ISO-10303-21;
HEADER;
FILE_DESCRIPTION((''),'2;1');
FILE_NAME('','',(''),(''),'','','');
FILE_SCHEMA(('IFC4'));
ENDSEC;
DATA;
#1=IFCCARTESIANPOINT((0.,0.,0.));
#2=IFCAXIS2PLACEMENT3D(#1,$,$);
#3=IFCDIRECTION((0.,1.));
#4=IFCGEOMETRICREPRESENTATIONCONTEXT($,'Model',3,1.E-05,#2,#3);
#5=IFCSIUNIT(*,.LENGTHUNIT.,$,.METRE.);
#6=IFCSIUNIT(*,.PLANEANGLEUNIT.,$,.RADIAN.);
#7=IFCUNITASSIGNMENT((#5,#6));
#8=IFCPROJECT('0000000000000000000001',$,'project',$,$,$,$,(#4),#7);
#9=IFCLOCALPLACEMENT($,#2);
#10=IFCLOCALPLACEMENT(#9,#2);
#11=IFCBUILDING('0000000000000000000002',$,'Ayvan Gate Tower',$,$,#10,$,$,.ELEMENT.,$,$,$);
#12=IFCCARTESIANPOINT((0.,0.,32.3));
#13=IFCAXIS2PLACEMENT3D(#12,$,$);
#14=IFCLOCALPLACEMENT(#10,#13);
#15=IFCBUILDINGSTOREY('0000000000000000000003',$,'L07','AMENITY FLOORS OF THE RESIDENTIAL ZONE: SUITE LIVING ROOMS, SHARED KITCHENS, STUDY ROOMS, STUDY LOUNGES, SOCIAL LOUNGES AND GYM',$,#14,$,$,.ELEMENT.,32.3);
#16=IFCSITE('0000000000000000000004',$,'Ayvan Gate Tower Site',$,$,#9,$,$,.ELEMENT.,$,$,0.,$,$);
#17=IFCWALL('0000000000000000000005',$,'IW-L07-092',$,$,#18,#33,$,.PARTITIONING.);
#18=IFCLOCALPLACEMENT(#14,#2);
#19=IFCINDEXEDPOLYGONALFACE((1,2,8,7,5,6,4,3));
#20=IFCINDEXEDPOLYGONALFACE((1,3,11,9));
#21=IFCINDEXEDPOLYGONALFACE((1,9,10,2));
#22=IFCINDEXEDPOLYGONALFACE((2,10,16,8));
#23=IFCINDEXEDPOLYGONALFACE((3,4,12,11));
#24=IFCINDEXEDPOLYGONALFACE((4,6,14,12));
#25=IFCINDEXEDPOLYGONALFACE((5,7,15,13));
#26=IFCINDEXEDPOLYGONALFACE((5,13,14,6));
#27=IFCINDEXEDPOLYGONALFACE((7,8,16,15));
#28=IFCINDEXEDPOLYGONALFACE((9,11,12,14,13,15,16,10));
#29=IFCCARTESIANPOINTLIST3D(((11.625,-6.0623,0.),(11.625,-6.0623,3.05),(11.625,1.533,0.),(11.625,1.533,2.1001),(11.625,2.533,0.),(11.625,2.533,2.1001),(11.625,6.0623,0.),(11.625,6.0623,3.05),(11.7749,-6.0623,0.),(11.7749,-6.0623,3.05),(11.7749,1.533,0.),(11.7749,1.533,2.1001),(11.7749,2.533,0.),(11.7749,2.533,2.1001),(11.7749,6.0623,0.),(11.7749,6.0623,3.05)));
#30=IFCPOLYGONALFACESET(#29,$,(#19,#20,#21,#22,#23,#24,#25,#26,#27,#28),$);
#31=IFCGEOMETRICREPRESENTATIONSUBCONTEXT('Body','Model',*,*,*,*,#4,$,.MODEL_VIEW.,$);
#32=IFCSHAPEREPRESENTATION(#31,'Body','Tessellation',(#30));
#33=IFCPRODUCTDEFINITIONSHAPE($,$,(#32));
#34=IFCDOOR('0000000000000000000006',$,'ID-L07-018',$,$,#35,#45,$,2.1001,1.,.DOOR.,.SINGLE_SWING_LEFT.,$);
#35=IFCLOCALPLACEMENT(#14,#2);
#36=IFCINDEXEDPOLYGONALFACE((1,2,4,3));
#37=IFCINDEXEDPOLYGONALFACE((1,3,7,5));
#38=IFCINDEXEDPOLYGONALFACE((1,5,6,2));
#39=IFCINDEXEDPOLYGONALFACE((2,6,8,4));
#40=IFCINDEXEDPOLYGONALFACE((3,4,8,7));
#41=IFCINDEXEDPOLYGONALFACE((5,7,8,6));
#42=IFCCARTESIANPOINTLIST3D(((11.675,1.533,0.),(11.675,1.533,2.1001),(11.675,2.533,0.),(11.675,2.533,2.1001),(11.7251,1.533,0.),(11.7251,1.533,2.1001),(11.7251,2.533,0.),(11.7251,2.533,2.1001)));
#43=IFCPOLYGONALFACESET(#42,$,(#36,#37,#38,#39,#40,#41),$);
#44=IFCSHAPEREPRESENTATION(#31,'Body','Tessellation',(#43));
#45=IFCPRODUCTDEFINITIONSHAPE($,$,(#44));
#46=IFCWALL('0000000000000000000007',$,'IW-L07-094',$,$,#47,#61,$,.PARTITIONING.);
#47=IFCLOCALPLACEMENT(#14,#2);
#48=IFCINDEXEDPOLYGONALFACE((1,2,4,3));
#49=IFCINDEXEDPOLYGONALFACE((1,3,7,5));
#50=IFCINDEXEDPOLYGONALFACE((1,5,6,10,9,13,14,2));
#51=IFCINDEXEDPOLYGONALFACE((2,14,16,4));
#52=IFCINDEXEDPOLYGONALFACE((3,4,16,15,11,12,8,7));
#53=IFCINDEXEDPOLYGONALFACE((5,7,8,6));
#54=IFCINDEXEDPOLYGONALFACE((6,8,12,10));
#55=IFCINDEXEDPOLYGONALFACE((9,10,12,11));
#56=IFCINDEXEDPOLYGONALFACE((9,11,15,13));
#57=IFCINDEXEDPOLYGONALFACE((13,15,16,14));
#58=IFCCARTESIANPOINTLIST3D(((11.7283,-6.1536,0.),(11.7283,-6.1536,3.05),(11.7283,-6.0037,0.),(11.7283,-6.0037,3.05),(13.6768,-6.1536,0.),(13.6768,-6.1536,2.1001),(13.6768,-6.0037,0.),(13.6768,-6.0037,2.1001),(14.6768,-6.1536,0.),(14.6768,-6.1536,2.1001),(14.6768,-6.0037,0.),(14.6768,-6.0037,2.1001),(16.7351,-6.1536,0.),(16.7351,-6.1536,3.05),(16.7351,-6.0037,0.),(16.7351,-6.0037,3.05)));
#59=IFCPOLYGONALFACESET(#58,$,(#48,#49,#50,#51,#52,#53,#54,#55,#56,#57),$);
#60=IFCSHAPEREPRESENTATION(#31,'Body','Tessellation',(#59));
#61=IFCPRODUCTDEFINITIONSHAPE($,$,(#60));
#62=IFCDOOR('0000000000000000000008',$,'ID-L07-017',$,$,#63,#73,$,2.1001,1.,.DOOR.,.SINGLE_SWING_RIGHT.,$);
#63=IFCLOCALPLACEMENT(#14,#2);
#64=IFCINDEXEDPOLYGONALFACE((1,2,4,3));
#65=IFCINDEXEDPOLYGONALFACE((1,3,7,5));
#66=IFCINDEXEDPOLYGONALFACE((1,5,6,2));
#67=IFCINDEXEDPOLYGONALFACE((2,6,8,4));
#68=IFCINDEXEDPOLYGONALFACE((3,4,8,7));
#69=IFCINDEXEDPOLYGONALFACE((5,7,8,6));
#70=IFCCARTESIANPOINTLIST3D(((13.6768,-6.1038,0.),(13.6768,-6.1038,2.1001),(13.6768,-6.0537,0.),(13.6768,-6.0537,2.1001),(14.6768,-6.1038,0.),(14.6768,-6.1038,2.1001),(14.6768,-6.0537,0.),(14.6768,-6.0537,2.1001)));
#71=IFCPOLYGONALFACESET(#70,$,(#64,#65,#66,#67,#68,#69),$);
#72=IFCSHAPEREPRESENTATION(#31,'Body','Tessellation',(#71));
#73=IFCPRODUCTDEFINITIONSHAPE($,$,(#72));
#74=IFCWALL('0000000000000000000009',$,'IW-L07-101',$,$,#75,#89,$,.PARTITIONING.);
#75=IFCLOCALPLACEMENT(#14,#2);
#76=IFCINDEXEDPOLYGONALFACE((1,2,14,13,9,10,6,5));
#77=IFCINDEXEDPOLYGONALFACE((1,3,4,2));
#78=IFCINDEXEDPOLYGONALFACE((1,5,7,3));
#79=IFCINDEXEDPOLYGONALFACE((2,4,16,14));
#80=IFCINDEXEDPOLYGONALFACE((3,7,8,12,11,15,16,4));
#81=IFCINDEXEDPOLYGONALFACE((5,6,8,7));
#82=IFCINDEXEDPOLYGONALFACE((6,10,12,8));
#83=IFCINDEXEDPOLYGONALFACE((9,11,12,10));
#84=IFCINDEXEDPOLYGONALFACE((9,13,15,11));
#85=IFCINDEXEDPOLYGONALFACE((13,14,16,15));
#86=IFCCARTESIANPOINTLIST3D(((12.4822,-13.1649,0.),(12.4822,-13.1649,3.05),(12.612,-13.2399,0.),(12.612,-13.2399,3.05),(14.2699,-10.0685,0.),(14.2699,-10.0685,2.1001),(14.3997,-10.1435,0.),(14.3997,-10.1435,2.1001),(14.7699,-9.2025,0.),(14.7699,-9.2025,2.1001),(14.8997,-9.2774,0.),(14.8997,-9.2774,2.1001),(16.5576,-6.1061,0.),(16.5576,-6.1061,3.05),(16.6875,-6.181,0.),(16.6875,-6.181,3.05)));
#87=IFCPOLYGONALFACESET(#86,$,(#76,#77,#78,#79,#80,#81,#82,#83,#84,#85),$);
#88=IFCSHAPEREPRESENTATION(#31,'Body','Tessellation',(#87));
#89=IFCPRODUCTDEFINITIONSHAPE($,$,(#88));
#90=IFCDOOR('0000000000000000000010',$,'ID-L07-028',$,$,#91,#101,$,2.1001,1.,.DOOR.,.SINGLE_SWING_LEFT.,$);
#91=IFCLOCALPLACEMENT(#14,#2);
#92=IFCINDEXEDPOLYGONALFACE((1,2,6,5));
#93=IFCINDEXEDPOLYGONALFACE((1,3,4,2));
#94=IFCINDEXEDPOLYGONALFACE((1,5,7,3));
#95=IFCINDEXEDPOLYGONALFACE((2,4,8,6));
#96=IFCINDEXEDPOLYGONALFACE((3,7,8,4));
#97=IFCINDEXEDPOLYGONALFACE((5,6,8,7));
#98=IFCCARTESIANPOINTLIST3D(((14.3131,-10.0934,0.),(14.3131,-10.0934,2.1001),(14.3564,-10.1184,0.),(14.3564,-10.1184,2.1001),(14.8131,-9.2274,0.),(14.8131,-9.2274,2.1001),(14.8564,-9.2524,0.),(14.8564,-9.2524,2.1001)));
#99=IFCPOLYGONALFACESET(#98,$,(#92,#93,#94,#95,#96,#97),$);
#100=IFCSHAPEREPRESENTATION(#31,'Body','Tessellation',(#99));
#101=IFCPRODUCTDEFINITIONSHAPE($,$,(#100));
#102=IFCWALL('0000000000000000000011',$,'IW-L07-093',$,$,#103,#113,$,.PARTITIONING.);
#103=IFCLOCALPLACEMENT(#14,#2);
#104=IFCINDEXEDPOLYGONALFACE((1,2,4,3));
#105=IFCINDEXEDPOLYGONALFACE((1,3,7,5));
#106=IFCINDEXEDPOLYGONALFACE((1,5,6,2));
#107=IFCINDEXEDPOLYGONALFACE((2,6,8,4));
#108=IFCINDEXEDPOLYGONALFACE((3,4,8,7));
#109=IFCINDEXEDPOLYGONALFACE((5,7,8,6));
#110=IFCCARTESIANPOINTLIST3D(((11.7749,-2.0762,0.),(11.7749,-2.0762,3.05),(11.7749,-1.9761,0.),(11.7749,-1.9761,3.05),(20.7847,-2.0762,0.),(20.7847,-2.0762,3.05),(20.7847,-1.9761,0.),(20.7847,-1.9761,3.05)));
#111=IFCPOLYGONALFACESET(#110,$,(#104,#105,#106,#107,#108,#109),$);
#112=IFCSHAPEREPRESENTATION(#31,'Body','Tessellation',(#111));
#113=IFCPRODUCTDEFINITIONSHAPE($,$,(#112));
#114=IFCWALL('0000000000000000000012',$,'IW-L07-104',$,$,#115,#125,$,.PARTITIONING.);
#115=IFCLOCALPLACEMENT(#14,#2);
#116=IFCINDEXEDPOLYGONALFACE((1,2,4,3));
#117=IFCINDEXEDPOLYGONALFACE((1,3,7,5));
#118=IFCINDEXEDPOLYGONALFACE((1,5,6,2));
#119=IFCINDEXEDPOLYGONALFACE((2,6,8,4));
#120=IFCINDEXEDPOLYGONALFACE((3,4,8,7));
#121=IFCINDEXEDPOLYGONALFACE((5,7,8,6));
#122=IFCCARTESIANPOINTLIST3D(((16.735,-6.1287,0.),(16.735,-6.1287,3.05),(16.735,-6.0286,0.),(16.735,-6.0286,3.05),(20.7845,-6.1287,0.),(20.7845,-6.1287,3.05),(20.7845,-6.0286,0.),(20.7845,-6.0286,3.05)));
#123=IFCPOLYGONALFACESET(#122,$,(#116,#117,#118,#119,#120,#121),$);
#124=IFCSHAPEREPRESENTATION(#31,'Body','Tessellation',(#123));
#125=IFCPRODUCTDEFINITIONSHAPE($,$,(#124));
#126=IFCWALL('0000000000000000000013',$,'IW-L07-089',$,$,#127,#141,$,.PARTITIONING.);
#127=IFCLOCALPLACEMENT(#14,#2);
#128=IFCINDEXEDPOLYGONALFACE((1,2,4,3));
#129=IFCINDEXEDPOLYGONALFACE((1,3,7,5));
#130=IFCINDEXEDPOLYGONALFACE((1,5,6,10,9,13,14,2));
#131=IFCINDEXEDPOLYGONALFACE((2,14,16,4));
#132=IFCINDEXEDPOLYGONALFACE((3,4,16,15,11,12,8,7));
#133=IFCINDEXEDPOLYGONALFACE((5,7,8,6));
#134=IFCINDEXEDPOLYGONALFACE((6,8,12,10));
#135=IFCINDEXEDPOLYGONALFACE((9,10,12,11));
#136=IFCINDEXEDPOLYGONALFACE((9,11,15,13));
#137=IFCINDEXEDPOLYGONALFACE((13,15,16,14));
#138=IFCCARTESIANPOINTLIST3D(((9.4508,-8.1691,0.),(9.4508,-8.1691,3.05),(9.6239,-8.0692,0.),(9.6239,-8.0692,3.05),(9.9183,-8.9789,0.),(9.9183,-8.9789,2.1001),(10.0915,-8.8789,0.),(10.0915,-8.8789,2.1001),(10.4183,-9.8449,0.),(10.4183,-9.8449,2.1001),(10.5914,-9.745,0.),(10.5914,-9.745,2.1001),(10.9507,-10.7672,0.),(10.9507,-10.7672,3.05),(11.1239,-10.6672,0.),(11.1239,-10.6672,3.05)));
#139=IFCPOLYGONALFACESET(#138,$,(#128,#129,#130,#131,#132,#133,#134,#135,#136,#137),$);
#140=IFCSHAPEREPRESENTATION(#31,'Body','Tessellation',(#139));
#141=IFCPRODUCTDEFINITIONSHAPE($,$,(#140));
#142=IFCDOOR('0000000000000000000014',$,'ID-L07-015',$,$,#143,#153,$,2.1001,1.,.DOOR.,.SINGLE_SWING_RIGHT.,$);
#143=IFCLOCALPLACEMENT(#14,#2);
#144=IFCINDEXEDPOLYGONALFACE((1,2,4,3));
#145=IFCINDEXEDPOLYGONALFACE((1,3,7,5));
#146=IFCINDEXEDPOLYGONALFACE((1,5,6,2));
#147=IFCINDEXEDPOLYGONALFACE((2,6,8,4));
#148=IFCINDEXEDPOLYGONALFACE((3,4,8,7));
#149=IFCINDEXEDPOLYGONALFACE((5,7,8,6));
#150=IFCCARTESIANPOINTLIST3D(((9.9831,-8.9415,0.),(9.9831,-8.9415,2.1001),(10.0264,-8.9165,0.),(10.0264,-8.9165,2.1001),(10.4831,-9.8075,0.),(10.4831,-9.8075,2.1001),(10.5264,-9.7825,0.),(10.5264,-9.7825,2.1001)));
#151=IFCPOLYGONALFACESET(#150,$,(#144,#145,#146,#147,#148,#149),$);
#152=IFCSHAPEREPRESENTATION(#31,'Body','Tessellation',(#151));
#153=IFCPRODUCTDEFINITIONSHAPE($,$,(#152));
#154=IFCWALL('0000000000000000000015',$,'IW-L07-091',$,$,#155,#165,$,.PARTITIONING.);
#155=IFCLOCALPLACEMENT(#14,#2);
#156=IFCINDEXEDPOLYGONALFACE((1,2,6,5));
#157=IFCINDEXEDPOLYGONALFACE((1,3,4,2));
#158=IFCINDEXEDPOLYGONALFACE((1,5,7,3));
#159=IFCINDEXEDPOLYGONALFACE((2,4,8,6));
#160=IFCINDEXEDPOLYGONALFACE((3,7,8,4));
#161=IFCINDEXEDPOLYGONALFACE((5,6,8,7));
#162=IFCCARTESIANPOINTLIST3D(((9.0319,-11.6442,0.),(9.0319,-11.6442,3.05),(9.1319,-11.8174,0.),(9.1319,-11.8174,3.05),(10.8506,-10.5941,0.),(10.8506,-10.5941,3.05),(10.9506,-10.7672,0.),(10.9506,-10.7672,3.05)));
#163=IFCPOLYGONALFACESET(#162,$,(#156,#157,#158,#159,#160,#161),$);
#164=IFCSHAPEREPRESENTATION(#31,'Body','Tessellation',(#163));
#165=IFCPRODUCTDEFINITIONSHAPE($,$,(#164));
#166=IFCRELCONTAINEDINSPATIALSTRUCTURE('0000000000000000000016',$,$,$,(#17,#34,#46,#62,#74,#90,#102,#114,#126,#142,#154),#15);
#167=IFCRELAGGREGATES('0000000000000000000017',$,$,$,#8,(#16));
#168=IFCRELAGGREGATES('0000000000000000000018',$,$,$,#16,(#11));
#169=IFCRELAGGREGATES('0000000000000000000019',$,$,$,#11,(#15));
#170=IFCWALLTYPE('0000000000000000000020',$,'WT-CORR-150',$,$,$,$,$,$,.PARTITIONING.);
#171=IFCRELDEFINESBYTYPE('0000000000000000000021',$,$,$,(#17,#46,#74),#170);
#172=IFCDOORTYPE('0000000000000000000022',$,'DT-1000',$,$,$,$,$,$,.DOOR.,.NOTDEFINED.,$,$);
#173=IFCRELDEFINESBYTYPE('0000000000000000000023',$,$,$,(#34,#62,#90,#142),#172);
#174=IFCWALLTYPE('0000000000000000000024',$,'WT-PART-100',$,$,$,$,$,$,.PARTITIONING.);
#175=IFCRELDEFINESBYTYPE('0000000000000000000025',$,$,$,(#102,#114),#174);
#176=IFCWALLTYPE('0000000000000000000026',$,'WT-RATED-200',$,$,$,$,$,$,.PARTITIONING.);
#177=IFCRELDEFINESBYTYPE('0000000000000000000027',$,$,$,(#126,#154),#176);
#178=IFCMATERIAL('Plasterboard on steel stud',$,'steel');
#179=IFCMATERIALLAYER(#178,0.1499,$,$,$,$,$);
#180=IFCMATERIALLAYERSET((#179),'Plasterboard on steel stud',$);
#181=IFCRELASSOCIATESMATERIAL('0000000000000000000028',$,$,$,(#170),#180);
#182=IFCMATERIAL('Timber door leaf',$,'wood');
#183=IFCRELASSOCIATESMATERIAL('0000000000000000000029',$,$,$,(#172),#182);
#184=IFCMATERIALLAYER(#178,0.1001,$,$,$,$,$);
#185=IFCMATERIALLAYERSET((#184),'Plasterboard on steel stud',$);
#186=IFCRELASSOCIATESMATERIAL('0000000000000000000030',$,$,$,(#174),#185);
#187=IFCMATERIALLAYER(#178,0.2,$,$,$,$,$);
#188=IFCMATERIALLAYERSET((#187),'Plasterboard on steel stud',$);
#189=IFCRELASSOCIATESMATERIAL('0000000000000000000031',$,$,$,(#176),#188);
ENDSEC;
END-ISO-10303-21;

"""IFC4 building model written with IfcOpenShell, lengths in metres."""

from ifc_helpers import new_model, si_unit, direction, frame, frame_2d, origin, place, context, subcontext, project, spatial, rectangle, extrude, material, layer, layer_set, type_object, element, fill, save


model = new_model("IFC4")

# Units and contexts
model_context = context("Model", 3, precision=1e-05, world=origin(), true_north=direction((0.0, 1.0)))
body_context = subcontext(model_context, "Body", "Model", "MODEL_VIEW")
ifc_project = project(units=[si_unit("LENGTHUNIT", "METRE"), si_unit("PLANEANGLEUNIT", "RADIAN")], contexts=[model_context])

# Site, building, storey
site_placement = place(None, origin())
site = spatial("IfcSite", under=ifc_project, at=site_placement, Name="Ayvan Gate Tower Site", CompositionType="ELEMENT", RefElevation=0.0)
building_placement = place(site_placement, origin())
building = spatial("IfcBuilding", under=site, at=building_placement, Name="Ayvan Gate Tower", CompositionType="ELEMENT")
storey_placement = place(building_placement, frame((0.0, 0.0, 32.3)))
storey = spatial("IfcBuildingStorey", under=building, at=storey_placement, Name="L07", Description="AMENITY FLOORS OF THE RESIDENTIAL ZONE: SUITE LIVING ROOMS, SHARED KITCHENS, STUDY ROOMS, STUDY LOUNGES, SOCIAL LOUNGES AND GYM", CompositionType="ELEMENT", Elevation=32.3)

# Walls, openings, doors
ifc_material_1 = material(Name="Plasterboard on steel stud", Category="steel")
ifc_layer_1 = layer(ifc_material_1, 0.1499)
ifc_layer_set_1 = layer_set([ifc_layer_1], Name="Plasterboard on steel stud")
wall_type_1 = type_object("IfcWallType", Name="WT-CORR-150", PredefinedType="PARTITIONING", material=ifc_layer_set_1)
wall_1_placement = place(storey_placement, frame((11.7, -6.0623, 0.0), z_axis=(0.0, 0.0, 1.0), x_axis=(0.0, 1.0, 0.0)))
wall_1 = element("IfcWall", 1, at=wall_1_placement, inside=storey, type_object=wall_type_1, Name="IW-L07-092", PredefinedType="PARTITIONING", context=body_context, shape_type="SweptSolid", body=[
    extrude(rectangle(XDim=12.1245, YDim=0.1499, at=frame_2d((6.0623, 0.0))), origin(), (0.0, 0.0, 1.0), 3.05),
])
opening_1_placement = place(wall_1_placement, frame((7.5952, 0.0, 0.0)))
opening_1 = element("IfcOpeningElement", 2, at=opening_1_placement, cuts=wall_1, PredefinedType="OPENING", context=body_context, shape_type="SweptSolid", body=[
    extrude(rectangle(XDim=1.0, YDim=2.1001, at=frame_2d((0.5, 1.05))), frame((0.0, 0.085, 0.0), z_axis=(0.0, -1.0, 0.0), x_axis=(1.0, 0.0, 0.0)), (0.0, 0.0, 1.0), 0.1699),
])
ifc_material_2 = material(Name="Timber door leaf", Category="wood")
door_type = type_object("IfcDoorType", Name="DT-1000", OperationType="NOTDEFINED", PredefinedType="DOOR", material=ifc_material_2)
door_1_placement = place(opening_1_placement, origin())
door_1 = element("IfcDoor", 3, at=door_1_placement, inside=storey, type_object=door_type, Name="ID-L07-018", OperationType="SINGLE_SWING_LEFT", OverallHeight=2.1001, OverallWidth=1.0, PredefinedType="DOOR", context=body_context, shape_type="SweptSolid", body=[
    extrude(rectangle(XDim=1.0, YDim=2.1001, at=frame_2d((0.5, 1.05))), frame((0.0, 0.0249, 0.0), z_axis=(0.0, -1.0, 0.0), x_axis=(1.0, 0.0, 0.0)), (0.0, 0.0, 1.0), 0.05),
])
fill(opening_1, door_1)
wall_2_placement = place(storey_placement, frame((11.7283, -6.0786, 0.0), z_axis=(0.0, 0.0, 1.0), x_axis=(1.0, 0.0, 0.0)))
wall_2 = element("IfcWall", 4, at=wall_2_placement, inside=storey, type_object=wall_type_1, Name="IW-L07-094", PredefinedType="PARTITIONING", context=body_context, shape_type="SweptSolid", body=[
    extrude(rectangle(XDim=5.0068, YDim=0.1499, at=frame_2d((2.5034, 0.0))), origin(), (0.0, 0.0, 1.0), 3.05),
])
opening_2_placement = place(wall_2_placement, frame((1.9485, 0.0, 0.0)))
opening_2 = element("IfcOpeningElement", 5, at=opening_2_placement, cuts=wall_2, PredefinedType="OPENING", context=body_context, shape_type="SweptSolid", body=[
    extrude(rectangle(XDim=1.0, YDim=2.1001, at=frame_2d((0.5, 1.05))), frame((0.0, 0.085, 0.0), z_axis=(0.0, -1.0, 0.0), x_axis=(1.0, 0.0, 0.0)), (0.0, 0.0, 1.0), 0.1699),
])
door_2_placement = place(opening_2_placement, origin())
door_2 = element("IfcDoor", 6, at=door_2_placement, inside=storey, type_object=door_type, Name="ID-L07-017", OperationType="SINGLE_SWING_RIGHT", OverallHeight=2.1001, OverallWidth=1.0, PredefinedType="DOOR", context=body_context, shape_type="SweptSolid", body=[
    extrude(rectangle(XDim=1.0, YDim=2.1001, at=frame_2d((0.5, 1.05))), frame((0.0, 0.0249, 0.0), z_axis=(0.0, -1.0, 0.0), x_axis=(1.0, 0.0, 0.0)), (0.0, 0.0, 1.0), 0.05),
])
fill(opening_2, door_2)
wall_3_placement = place(storey_placement, frame((16.6226, -6.1436, 0.0), z_axis=(0.0, 0.0, 1.0), x_axis=(-0.500002, -0.866024, 0.0)))
wall_3 = element("IfcWall", 7, at=wall_3_placement, inside=storey, type_object=wall_type_1, Name="IW-L07-101", PredefinedType="PARTITIONING", context=body_context, shape_type="SweptSolid", body=[
    extrude(rectangle(XDim=8.1509, YDim=0.1499, at=frame_2d((4.0754, 0.0))), origin(), (0.0, 0.0, 1.0), 3.05),
])
opening_3_placement = place(wall_3_placement, frame((3.5754, 0.0, 0.0)))
opening_3 = element("IfcOpeningElement", 8, at=opening_3_placement, cuts=wall_3, PredefinedType="OPENING", context=body_context, shape_type="SweptSolid", body=[
    extrude(rectangle(XDim=1.0, YDim=2.1001, at=frame_2d((0.5, 1.05))), frame((0.0, 0.085, 0.0), z_axis=(0.0, -1.0, 0.0), x_axis=(1.0, 0.0, 0.0)), (0.0, 0.0, 1.0), 0.1699),
])
door_3_placement = place(opening_3_placement, origin())
door_3 = element("IfcDoor", 9, at=door_3_placement, inside=storey, type_object=door_type, Name="ID-L07-028", OperationType="SINGLE_SWING_LEFT", OverallHeight=2.1001, OverallWidth=1.0, PredefinedType="DOOR", context=body_context, shape_type="SweptSolid", body=[
    extrude(rectangle(XDim=1.0, YDim=2.1001, at=frame_2d((0.5, 1.05))), frame((0.0, 0.0249, 0.0), z_axis=(0.0, -1.0, 0.0), x_axis=(1.0, 0.0, 0.0)), (0.0, 0.0, 1.0), 0.05),
])
fill(opening_3, door_3)

# Walls
ifc_layer_2 = layer(ifc_material_1, 0.1001)
ifc_layer_set_2 = layer_set([ifc_layer_2], Name="Plasterboard on steel stud")
wall_type_2 = type_object("IfcWallType", Name="WT-PART-100", PredefinedType="PARTITIONING", material=ifc_layer_set_2)
wall_4_placement = place(storey_placement, frame((11.7749, -2.0261, 0.0), z_axis=(0.0, 0.0, 1.0), x_axis=(1.0, 0.0, 0.0)))
element("IfcWall", 10, at=wall_4_placement, inside=storey, type_object=wall_type_2, Name="IW-L07-093", PredefinedType="PARTITIONING", context=body_context, shape_type="SweptSolid", body=[
    extrude(rectangle(XDim=9.0098, YDim=0.1001, at=frame_2d((4.5049, 0.0))), origin(), (0.0, 0.0, 1.0), 3.05),
])
wall_5_placement = place(storey_placement, frame((20.7847, -6.0786, 0.0), z_axis=(0.0, 0.0, 1.0), x_axis=(-1.0, 0.0, 0.0)))
element("IfcWall", 11, at=wall_5_placement, inside=storey, type_object=wall_type_2, Name="IW-L07-104", PredefinedType="PARTITIONING", context=body_context, shape_type="SweptSolid", body=[
    extrude(rectangle(XDim=4.0496, YDim=0.1001, at=frame_2d((2.0249, 0.0))), origin(), (0.0, 0.0, 1.0), 3.05),
])

# Wall, opening, door
ifc_layer_3 = layer(ifc_material_1, 0.2)
ifc_layer_set_3 = layer_set([ifc_layer_3], Name="Plasterboard on steel stud")
wall_type_3 = type_object("IfcWallType", Name="WT-RATED-200", PredefinedType="PARTITIONING", material=ifc_layer_set_3)
wall_6_placement = place(storey_placement, frame((9.5374, -8.1191, 0.0), z_axis=(0.0, 0.0, 1.0), x_axis=(0.49999, -0.866031, 0.0)))
wall_6 = element("IfcWall", 12, at=wall_6_placement, inside=storey, type_object=wall_type_3, Name="IW-L07-089", PredefinedType="PARTITIONING", context=body_context, shape_type="SweptSolid", body=[
    extrude(rectangle(XDim=3.0, YDim=0.2, at=frame_2d((1.5, 0.0))), origin(), (0.0, 0.0, 1.0), 3.05),
])
opening_4_placement = place(wall_6_placement, frame((0.9351, 0.0, 0.0)))
opening_4 = element("IfcOpeningElement", 13, at=opening_4_placement, cuts=wall_6, PredefinedType="OPENING", context=body_context, shape_type="SweptSolid", body=[
    extrude(rectangle(XDim=1.0, YDim=2.1001, at=frame_2d((0.5, 1.05))), frame((0.0, 0.1099, 0.0), z_axis=(0.0, -1.0, 0.0), x_axis=(1.0, 0.0, 0.0)), (0.0, 0.0, 1.0), 0.22),
])
door_4_placement = place(opening_4_placement, origin())
door_4 = element("IfcDoor", 14, at=door_4_placement, inside=storey, type_object=door_type, Name="ID-L07-015", OperationType="SINGLE_SWING_RIGHT", OverallHeight=2.1001, OverallWidth=1.0, PredefinedType="DOOR", context=body_context, shape_type="SweptSolid", body=[
    extrude(rectangle(XDim=1.0, YDim=2.1001, at=frame_2d((0.5, 1.05))), frame((0.0, 0.0249, 0.0), z_axis=(0.0, -1.0, 0.0), x_axis=(1.0, 0.0, 0.0)), (0.0, 0.0, 1.0), 0.05),
])
fill(opening_4, door_4)

# Wall
wall_7_placement = place(storey_placement, frame((10.9006, -10.6807, 0.0), z_axis=(0.0, 0.0, 1.0), x_axis=(-0.866009, -0.500028, 0.0)))
element("IfcWall", 15, at=wall_7_placement, inside=storey, type_object=wall_type_3, Name="IW-L07-091", PredefinedType="PARTITIONING", context=body_context, shape_type="SweptSolid", body=[
    extrude(rectangle(XDim=2.1001, YDim=0.2, at=frame_2d((1.05, 0.0))), origin(), (0.0, 0.0, 1.0), 3.05),
])

save(model, "model.ifc")
